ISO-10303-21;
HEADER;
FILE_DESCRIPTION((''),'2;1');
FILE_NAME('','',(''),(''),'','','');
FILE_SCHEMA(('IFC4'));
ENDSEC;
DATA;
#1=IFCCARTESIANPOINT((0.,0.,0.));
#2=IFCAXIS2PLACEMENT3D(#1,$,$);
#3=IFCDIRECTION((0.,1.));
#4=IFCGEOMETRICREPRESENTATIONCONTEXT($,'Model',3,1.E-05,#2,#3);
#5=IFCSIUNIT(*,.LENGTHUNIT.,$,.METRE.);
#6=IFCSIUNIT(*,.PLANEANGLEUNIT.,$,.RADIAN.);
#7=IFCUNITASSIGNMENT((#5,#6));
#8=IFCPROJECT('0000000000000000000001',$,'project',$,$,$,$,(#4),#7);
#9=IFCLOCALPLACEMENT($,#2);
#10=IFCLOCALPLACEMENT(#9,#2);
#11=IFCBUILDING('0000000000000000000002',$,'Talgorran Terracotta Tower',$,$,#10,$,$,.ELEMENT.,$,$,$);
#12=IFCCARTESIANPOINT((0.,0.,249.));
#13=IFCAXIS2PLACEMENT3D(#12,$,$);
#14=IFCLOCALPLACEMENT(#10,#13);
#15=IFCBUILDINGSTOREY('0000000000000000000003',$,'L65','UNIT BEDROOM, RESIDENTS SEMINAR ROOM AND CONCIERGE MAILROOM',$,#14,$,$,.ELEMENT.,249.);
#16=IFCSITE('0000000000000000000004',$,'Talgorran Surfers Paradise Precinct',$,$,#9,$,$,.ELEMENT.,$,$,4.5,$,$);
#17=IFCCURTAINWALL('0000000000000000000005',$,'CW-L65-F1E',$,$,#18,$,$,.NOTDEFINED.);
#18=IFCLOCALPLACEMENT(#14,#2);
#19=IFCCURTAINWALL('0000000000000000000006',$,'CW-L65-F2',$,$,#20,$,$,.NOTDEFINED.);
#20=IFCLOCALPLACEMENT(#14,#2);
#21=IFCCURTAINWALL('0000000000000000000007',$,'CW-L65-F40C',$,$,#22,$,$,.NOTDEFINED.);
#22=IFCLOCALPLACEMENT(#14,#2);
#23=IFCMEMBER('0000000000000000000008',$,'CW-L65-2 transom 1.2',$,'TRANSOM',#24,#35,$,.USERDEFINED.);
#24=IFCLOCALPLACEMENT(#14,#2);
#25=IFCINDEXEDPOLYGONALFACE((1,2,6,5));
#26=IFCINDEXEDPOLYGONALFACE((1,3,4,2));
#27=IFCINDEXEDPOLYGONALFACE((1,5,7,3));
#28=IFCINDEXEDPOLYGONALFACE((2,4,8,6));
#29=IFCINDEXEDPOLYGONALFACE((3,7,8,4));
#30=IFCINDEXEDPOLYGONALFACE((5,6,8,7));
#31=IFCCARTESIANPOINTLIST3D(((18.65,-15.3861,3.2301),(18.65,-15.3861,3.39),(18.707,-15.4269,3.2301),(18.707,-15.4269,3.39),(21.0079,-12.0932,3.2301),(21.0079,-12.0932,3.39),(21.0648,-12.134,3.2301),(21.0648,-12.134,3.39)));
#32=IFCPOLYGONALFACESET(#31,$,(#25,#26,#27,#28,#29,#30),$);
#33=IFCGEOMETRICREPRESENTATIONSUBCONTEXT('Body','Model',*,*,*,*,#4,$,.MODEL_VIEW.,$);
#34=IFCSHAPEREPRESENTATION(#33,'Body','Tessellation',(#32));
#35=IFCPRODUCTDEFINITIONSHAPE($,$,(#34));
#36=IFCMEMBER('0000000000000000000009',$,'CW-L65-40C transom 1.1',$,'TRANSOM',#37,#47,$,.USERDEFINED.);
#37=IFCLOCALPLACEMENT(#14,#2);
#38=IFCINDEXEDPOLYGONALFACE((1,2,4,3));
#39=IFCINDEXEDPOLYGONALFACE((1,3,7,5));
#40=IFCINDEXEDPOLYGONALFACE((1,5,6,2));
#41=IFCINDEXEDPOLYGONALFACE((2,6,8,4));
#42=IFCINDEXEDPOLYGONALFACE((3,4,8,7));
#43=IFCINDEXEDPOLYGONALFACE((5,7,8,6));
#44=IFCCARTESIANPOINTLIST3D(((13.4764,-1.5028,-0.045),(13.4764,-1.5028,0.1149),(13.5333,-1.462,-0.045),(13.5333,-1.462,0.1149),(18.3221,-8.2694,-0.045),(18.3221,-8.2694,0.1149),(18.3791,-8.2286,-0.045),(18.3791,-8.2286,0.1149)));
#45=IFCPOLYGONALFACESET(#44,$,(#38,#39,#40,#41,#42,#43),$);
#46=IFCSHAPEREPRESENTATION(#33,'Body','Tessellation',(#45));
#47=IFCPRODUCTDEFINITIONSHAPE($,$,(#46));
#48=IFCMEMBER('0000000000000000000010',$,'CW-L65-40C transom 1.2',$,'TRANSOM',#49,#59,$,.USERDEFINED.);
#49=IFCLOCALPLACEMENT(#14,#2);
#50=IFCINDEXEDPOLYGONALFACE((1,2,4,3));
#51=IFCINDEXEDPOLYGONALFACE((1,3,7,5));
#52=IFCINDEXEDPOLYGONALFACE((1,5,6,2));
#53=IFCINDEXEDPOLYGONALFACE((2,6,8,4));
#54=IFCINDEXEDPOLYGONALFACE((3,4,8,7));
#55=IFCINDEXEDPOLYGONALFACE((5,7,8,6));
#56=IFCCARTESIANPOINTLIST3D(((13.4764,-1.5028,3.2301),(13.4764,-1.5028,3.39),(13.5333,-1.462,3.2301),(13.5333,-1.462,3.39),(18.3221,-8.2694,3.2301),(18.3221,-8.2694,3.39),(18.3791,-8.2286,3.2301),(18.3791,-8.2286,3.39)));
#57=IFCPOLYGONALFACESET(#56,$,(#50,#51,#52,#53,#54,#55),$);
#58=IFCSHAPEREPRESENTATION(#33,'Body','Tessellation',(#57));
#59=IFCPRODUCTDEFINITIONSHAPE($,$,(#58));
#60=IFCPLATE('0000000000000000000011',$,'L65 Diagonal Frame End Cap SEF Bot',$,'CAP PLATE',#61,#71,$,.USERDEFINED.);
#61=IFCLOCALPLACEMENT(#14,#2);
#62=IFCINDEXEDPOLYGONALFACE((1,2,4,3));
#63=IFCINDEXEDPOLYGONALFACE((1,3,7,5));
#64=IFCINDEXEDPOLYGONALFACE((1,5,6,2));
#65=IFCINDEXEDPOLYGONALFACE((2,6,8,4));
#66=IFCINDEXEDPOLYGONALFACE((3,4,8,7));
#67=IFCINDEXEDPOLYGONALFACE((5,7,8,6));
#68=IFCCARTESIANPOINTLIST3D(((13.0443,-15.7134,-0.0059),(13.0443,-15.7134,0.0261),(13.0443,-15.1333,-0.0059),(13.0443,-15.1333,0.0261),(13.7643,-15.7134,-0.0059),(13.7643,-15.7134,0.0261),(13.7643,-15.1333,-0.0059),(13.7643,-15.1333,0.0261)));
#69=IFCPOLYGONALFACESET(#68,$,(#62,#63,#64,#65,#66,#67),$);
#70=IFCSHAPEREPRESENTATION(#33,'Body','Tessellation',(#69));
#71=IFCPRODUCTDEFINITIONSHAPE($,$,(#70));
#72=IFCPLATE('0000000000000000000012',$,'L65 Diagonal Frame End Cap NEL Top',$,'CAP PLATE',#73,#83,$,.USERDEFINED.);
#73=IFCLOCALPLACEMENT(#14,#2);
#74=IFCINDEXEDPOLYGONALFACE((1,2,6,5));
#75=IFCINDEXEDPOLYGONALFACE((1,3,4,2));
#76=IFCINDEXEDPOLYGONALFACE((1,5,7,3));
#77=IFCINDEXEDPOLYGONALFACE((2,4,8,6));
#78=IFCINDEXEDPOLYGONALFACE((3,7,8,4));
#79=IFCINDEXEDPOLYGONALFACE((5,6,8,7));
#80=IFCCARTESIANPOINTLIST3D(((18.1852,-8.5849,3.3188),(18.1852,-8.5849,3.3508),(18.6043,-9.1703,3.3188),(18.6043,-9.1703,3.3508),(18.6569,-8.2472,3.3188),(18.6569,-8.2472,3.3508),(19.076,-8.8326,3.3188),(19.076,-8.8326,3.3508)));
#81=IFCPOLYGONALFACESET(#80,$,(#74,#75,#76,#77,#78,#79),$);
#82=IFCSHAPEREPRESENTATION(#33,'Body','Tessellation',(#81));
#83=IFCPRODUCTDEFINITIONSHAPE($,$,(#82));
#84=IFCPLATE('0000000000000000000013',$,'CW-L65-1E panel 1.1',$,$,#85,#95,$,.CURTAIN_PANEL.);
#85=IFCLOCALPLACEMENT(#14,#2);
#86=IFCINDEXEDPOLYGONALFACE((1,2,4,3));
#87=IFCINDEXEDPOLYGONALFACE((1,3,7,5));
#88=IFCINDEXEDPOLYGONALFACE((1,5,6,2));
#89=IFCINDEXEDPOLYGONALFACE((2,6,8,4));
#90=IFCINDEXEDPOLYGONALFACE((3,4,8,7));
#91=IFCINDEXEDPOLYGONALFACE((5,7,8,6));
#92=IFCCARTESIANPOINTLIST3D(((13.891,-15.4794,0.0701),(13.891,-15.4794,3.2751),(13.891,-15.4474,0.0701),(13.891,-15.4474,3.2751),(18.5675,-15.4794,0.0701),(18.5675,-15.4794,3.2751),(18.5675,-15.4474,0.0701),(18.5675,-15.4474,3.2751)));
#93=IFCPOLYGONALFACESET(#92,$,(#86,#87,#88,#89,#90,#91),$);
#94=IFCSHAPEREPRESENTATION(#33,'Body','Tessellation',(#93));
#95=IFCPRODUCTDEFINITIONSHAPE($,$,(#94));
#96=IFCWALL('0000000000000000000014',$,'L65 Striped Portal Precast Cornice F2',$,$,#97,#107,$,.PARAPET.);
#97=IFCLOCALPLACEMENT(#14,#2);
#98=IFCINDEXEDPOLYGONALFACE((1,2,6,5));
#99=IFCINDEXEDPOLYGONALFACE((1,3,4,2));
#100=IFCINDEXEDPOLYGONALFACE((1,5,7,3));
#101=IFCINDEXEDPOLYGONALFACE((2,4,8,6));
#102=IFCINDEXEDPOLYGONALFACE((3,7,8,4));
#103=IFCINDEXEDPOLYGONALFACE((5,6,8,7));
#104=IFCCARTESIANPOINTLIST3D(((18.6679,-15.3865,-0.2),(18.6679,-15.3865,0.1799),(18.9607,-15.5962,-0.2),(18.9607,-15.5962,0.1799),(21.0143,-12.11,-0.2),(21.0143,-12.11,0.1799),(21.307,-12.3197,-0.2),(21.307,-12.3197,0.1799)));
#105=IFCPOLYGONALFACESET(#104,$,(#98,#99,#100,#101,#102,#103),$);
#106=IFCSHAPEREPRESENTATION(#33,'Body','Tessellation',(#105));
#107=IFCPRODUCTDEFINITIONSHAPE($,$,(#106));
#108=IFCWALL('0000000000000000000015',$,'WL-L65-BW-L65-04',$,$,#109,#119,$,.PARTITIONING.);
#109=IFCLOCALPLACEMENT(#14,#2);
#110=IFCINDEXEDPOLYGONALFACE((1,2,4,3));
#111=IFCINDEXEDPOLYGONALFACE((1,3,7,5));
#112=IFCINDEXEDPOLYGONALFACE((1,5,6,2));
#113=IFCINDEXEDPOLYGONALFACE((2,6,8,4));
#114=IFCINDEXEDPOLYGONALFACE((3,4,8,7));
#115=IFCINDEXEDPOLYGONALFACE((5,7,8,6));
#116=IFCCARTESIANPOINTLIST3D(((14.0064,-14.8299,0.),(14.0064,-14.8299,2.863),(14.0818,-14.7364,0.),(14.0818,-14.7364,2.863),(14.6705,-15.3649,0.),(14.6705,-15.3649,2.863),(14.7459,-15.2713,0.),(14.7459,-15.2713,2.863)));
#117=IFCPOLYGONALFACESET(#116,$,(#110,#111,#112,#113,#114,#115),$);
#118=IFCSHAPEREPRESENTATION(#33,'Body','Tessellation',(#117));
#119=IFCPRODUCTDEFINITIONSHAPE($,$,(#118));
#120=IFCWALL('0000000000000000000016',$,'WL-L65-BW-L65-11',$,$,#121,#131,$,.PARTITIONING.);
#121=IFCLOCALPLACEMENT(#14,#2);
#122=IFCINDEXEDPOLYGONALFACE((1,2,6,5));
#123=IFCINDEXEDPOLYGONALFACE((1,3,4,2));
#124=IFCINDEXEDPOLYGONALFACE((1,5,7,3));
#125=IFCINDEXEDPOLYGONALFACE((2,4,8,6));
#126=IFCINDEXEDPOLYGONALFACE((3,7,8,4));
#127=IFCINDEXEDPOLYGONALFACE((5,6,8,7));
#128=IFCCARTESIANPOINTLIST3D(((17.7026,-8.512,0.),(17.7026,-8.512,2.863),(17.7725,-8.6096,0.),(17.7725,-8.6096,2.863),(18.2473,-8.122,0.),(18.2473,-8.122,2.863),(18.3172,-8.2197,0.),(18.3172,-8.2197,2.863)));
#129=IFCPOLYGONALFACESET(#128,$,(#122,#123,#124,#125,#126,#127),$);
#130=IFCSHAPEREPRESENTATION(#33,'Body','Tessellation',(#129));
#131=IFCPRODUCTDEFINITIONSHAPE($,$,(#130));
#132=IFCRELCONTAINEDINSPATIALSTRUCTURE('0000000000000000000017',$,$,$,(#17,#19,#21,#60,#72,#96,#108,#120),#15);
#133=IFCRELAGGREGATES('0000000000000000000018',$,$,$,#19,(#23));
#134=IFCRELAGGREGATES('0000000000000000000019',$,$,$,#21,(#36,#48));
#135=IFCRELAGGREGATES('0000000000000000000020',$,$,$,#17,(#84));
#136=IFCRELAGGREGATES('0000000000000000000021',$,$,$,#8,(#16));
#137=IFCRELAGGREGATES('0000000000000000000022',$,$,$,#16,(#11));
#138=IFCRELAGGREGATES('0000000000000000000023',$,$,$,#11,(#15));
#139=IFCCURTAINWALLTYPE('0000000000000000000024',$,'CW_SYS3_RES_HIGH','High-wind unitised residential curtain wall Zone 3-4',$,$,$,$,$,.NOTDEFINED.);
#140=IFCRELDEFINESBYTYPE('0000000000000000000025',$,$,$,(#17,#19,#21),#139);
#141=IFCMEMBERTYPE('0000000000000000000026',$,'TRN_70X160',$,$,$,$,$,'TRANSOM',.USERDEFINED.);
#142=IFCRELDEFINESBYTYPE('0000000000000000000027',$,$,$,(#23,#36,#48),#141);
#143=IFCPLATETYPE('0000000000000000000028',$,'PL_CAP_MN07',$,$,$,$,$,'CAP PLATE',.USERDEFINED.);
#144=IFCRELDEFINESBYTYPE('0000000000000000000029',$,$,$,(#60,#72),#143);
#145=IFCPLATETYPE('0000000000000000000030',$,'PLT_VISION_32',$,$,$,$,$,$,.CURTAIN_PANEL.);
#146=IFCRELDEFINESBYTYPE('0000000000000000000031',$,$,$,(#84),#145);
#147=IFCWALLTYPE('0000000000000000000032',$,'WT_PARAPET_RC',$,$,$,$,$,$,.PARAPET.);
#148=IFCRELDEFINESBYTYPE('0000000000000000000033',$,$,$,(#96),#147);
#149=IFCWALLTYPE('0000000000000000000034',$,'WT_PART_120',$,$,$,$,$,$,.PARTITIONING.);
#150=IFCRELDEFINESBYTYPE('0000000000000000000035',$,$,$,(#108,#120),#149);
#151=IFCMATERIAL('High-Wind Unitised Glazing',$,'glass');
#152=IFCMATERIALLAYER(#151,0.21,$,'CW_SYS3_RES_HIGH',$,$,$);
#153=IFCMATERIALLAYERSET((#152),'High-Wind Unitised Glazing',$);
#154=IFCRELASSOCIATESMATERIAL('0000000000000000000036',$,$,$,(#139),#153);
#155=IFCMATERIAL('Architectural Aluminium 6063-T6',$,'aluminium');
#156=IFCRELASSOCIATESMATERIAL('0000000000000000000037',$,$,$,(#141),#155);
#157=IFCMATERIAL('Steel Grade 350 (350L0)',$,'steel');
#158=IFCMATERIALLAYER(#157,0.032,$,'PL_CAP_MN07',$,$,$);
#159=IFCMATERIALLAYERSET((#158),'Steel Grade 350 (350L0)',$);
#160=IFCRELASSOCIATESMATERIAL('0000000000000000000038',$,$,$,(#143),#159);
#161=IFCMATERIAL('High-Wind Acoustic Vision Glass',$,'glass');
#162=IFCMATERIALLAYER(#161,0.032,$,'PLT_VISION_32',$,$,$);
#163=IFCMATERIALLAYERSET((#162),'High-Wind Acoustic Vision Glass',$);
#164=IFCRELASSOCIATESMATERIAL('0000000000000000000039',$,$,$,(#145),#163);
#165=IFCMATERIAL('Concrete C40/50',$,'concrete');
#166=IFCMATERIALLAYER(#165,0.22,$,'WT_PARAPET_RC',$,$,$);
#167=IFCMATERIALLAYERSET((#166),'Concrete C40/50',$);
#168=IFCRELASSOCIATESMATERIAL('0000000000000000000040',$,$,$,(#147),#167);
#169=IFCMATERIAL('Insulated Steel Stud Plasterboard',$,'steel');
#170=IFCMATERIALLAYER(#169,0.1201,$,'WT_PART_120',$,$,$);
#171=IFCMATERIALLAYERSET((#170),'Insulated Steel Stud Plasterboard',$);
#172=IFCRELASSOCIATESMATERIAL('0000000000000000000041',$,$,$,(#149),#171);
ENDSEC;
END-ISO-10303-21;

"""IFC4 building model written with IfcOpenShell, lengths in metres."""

from ifc_helpers import new_model, si_unit, direction, frame, frame_2d, origin, origin_2d, place, context, subcontext, project, spatial, rectangle, extrude, source, transform, mapped, material, layer, layer_set, material_profile, profile_set, type_object, type_shapes, element, aggregate, save


model = new_model("IFC4")

# Units and contexts
model_context = context("Model", 3, precision=1e-05, world=origin(), true_north=direction((0.0, 1.0)))
body_context = subcontext(model_context, "Body", "Model", "MODEL_VIEW")
ifc_project = project(units=[si_unit("LENGTHUNIT", "METRE"), si_unit("PLANEANGLEUNIT", "RADIAN")], contexts=[model_context])

# Site, building, storey
site_placement = place(None, origin())
site = spatial("IfcSite", under=ifc_project, at=site_placement, Name="Talgorran Surfers Paradise Precinct", CompositionType="ELEMENT", RefElevation=4.5)
building_placement = place(site_placement, origin())
building = spatial("IfcBuilding", under=site, at=building_placement, Name="Talgorran Terracotta Tower", CompositionType="ELEMENT")
storey_placement = place(building_placement, frame((0.0, 0.0, 249.0)))
storey = spatial("IfcBuildingStorey", under=building, at=storey_placement, Name="L65", Description="UNIT BEDROOM, RESIDENTS SEMINAR ROOM AND CONCIERGE MAILROOM", CompositionType="ELEMENT", Elevation=249.0)

# Shared definitions
ifc_material_1 = material(Name="Steel Grade 350 (350L0)", Category="steel")

# Shared definitions
ifc_material_2 = material(Name="High-Wind Unitised Glazing", Category="glass")
ifc_layer_1 = layer(ifc_material_2, 0.21, Name="CW_SYS3_RES_HIGH")
ifc_layer_set_1 = layer_set([ifc_layer_1], Name="High-Wind Unitised Glazing")
curtain_wall_type = type_object("IfcCurtainWallType", Name="CW_SYS3_RES_HIGH", Description="High-wind unitised residential curtain wall Zone 3-4", PredefinedType="NOTDEFINED", material=ifc_layer_set_1)
ifc_material_3 = material(Name="Architectural Aluminium 6063-T6", Category="aluminium")

# Curtain wall
curtain_wall_1_placement = place(storey_placement, origin())
curtain_wall_1 = element("IfcCurtainWall", 1, at=curtain_wall_1_placement, inside=storey, type_object=curtain_wall_type, Name="CW-L65-F1E", PredefinedType="NOTDEFINED")

# Curtain walls
curtain_wall_2_placement = place(storey_placement, origin())
curtain_wall_2 = element("IfcCurtainWall", 2, at=curtain_wall_2_placement, inside=storey, type_object=curtain_wall_type, Name="CW-L65-F2", PredefinedType="NOTDEFINED")
curtain_wall_3_placement = place(storey_placement, origin())
curtain_wall_3 = element("IfcCurtainWall", 3, at=curtain_wall_3_placement, inside=storey, type_object=curtain_wall_type, Name="CW-L65-F40C", PredefinedType="NOTDEFINED")

# Members
ifc_material_profile_1 = material_profile(ifc_material_3, rectangle(XDim=0.0701, YDim=0.1599, at=origin_2d()), Name="CWT70X160")
ifc_profile_set_1 = profile_set([ifc_material_profile_1], Name="Architectural Aluminium 6063-T6")
member_type_1 = type_object("IfcMemberType", Name="TRN_70X160", ElementType="TRANSOM", PredefinedType="USERDEFINED", material=ifc_profile_set_1)
member_1_placement = place(storey_placement, frame((18.6785, -15.4065, 3.3101), z_axis=(0.582184, 0.813057, 0.0), x_axis=(-0.813057, 0.582184, 0.0)))
member_1 = element("IfcMember", 4, at=member_1_placement, type_object=member_type_1, Name="CW-L65-2 transom 1.2", ObjectType="TRANSOM", PredefinedType="USERDEFINED", context=body_context, shape_type="SweptSolid", body=[
    extrude(rectangle(XDim=0.0701, YDim=0.1599, at=origin_2d()), origin(), (0.0, 0.0, 1.0), 4.05),
])
aggregate(curtain_wall_2, [member_1])
member_2_placement = place(storey_placement, frame((18.3506, -8.249, 0.0349), z_axis=(-0.582226, 0.813027, 0.0), x_axis=(-0.813027, -0.582226, 0.0)))
member_2 = element("IfcMember", 5, at=member_2_placement, type_object=member_type_1, Name="CW-L65-40C transom 1.1", ObjectType="TRANSOM", PredefinedType="USERDEFINED", context=body_context, shape_type="SweptSolid", body=[
    extrude(rectangle(XDim=0.0701, YDim=0.1599, at=origin_2d()), origin(), (0.0, 0.0, 1.0), 8.3228),
])
member_3_placement = place(storey_placement, frame((18.3506, -8.249, 3.3101), z_axis=(-0.582226, 0.813027, 0.0), x_axis=(-0.813027, -0.582226, 0.0)))
member_3 = element("IfcMember", 6, at=member_3_placement, type_object=member_type_1, Name="CW-L65-40C transom 1.2", ObjectType="TRANSOM", PredefinedType="USERDEFINED", context=body_context, shape_type="SweptSolid", body=[
    extrude(rectangle(XDim=0.0701, YDim=0.1599, at=origin_2d()), origin(), (0.0, 0.0, 1.0), 8.3228),
])
aggregate(curtain_wall_3, [member_2, member_3])

# Plates
ifc_layer_2 = layer(ifc_material_1, 0.032, Name="PL_CAP_MN07")
ifc_layer_set_2 = layer_set([ifc_layer_2], Name="Steel Grade 350 (350L0)")
plate_type_1 = type_object("IfcPlateType", Name="PL_CAP_MN07", ElementType="CAP PLATE", PredefinedType="USERDEFINED", material=ifc_layer_set_2)
for number, where, z_axis, x_axis, name in (
    (7, (13.4043, -15.4233, -0.0059), (0.0, 0.0, 1.0), (-1.0, 0.0, 0.0), "L65 Diagonal Frame End Cap SEF Bot"),
    (8, (18.6306, -8.7087, 3.3188), (0.0, 0.0, 1.0), (-0.582123, 0.813101, 0.0), "L65 Diagonal Frame End Cap NEL Top"),
):
    element("IfcPlate", number, at=place(storey_placement, frame(where, z_axis=z_axis, x_axis=x_axis)), inside=storey, type_object=plate_type_1, Name=name, ObjectType="CAP PLATE", PredefinedType="USERDEFINED", context=body_context, shape_type="SweptSolid", body=[
        extrude(rectangle(XDim=0.72, YDim=0.5801, at=origin_2d()), origin(), (0.0, 0.0, 1.0), 0.032),
    ])

# Plate
ifc_material_4 = material(Name="High-Wind Acoustic Vision Glass", Category="glass")
ifc_layer_3 = layer(ifc_material_4, 0.032, Name="PLT_VISION_32")
ifc_layer_set_3 = layer_set([ifc_layer_3], Name="High-Wind Acoustic Vision Glass")
plate_type_2 = type_object("IfcPlateType", Name="PLT_VISION_32", PredefinedType="CURTAIN_PANEL", material=ifc_layer_set_3)
shared_shape = source(origin(), body_context, "Body", "SweptSolid", [
    extrude(rectangle(XDim=4.6765, YDim=0.032, at=origin_2d()), origin(), (0.0, 0.0, 1.0), 3.2051),
])
type_shapes(plate_type_2, [shared_shape])
plate_placement = place(storey_placement, frame((16.2292, -15.4634, 0.0701), z_axis=(0.0, 0.0, 1.0), x_axis=(1.0, 0.0, 0.0)))
plate = element("IfcPlate", 9, at=plate_placement, type_object=plate_type_2, Name="CW-L65-1E panel 1.1", PredefinedType="CURTAIN_PANEL", context=body_context, shape_type="MappedRepresentation", body=[
    mapped(shared_shape, transform((0.0, 0.0, 0.0), scale=1.0)),
])
aggregate(curtain_wall_1, [plate])

# Walls
ifc_material_5 = material(Name="Concrete C40/50", Category="concrete")
ifc_layer_4 = layer(ifc_material_5, 0.22, Name="WT_PARAPET_RC")
ifc_layer_set_4 = layer_set([ifc_layer_4], Name="Concrete C40/50")
wall_type_1 = type_object("IfcWallType", Name="WT_PARAPET_RC", PredefinedType="PARAPET", material=ifc_layer_set_4)
wall_1_placement = place(storey_placement, frame((18.8142, -15.4915, -0.2), z_axis=(0.0, 0.0, 1.0), x_axis=(0.582223, 0.813029, 0.0)))
element("IfcWall", 10, at=wall_1_placement, inside=storey, type_object=wall_type_1, Name="L65 Striped Portal Precast Cornice F2", PredefinedType="PARAPET", context=body_context, shape_type="SweptSolid", body=[
    extrude(rectangle(XDim=4.03, YDim=0.3601, at=frame_2d((2.0151, 0.0))), origin(), (0.0, 0.0, 1.0), 0.3799),
])
ifc_material_6 = material(Name="Insulated Steel Stud Plasterboard", Category="steel")
ifc_layer_5 = layer(ifc_material_6, 0.1201, Name="WT_PART_120")
ifc_layer_set_5 = layer_set([ifc_layer_5], Name="Insulated Steel Stud Plasterboard")
wall_type_2 = type_object("IfcWallType", Name="WT_PART_120", PredefinedType="PARTITIONING", material=ifc_layer_set_5)
wall_2_placement = place(storey_placement, frame((14.0442, -14.7832, 0.0), z_axis=(0.0, 0.0, 1.0), x_axis=(0.778769, -0.62731, 0.0)))
element("IfcWall", 11, at=wall_2_placement, inside=storey, type_object=wall_type_2, Name="WL-L65-BW-L65-04", PredefinedType="PARTITIONING", context=body_context, shape_type="SweptSolid", body=[
    extrude(rectangle(XDim=0.8528, YDim=0.1201, at=frame_2d((0.4263, 0.0))), origin(), (0.0, 0.0, 1.0), 2.863),
])
wall_3_placement = place(storey_placement, frame((17.7375, -8.5608, 0.0), z_axis=(0.0, 0.0, 1.0), x_axis=(0.813142, 0.582065, 0.0)))
element("IfcWall", 12, at=wall_3_placement, inside=storey, type_object=wall_type_2, Name="WL-L65-BW-L65-11", PredefinedType="PARTITIONING", context=body_context, shape_type="SweptSolid", body=[
    extrude(rectangle(XDim=0.6699, YDim=0.1201, at=frame_2d((0.335, 0.0))), origin(), (0.0, 0.0, 1.0), 2.863),
])

save(model, "model.ifc")
